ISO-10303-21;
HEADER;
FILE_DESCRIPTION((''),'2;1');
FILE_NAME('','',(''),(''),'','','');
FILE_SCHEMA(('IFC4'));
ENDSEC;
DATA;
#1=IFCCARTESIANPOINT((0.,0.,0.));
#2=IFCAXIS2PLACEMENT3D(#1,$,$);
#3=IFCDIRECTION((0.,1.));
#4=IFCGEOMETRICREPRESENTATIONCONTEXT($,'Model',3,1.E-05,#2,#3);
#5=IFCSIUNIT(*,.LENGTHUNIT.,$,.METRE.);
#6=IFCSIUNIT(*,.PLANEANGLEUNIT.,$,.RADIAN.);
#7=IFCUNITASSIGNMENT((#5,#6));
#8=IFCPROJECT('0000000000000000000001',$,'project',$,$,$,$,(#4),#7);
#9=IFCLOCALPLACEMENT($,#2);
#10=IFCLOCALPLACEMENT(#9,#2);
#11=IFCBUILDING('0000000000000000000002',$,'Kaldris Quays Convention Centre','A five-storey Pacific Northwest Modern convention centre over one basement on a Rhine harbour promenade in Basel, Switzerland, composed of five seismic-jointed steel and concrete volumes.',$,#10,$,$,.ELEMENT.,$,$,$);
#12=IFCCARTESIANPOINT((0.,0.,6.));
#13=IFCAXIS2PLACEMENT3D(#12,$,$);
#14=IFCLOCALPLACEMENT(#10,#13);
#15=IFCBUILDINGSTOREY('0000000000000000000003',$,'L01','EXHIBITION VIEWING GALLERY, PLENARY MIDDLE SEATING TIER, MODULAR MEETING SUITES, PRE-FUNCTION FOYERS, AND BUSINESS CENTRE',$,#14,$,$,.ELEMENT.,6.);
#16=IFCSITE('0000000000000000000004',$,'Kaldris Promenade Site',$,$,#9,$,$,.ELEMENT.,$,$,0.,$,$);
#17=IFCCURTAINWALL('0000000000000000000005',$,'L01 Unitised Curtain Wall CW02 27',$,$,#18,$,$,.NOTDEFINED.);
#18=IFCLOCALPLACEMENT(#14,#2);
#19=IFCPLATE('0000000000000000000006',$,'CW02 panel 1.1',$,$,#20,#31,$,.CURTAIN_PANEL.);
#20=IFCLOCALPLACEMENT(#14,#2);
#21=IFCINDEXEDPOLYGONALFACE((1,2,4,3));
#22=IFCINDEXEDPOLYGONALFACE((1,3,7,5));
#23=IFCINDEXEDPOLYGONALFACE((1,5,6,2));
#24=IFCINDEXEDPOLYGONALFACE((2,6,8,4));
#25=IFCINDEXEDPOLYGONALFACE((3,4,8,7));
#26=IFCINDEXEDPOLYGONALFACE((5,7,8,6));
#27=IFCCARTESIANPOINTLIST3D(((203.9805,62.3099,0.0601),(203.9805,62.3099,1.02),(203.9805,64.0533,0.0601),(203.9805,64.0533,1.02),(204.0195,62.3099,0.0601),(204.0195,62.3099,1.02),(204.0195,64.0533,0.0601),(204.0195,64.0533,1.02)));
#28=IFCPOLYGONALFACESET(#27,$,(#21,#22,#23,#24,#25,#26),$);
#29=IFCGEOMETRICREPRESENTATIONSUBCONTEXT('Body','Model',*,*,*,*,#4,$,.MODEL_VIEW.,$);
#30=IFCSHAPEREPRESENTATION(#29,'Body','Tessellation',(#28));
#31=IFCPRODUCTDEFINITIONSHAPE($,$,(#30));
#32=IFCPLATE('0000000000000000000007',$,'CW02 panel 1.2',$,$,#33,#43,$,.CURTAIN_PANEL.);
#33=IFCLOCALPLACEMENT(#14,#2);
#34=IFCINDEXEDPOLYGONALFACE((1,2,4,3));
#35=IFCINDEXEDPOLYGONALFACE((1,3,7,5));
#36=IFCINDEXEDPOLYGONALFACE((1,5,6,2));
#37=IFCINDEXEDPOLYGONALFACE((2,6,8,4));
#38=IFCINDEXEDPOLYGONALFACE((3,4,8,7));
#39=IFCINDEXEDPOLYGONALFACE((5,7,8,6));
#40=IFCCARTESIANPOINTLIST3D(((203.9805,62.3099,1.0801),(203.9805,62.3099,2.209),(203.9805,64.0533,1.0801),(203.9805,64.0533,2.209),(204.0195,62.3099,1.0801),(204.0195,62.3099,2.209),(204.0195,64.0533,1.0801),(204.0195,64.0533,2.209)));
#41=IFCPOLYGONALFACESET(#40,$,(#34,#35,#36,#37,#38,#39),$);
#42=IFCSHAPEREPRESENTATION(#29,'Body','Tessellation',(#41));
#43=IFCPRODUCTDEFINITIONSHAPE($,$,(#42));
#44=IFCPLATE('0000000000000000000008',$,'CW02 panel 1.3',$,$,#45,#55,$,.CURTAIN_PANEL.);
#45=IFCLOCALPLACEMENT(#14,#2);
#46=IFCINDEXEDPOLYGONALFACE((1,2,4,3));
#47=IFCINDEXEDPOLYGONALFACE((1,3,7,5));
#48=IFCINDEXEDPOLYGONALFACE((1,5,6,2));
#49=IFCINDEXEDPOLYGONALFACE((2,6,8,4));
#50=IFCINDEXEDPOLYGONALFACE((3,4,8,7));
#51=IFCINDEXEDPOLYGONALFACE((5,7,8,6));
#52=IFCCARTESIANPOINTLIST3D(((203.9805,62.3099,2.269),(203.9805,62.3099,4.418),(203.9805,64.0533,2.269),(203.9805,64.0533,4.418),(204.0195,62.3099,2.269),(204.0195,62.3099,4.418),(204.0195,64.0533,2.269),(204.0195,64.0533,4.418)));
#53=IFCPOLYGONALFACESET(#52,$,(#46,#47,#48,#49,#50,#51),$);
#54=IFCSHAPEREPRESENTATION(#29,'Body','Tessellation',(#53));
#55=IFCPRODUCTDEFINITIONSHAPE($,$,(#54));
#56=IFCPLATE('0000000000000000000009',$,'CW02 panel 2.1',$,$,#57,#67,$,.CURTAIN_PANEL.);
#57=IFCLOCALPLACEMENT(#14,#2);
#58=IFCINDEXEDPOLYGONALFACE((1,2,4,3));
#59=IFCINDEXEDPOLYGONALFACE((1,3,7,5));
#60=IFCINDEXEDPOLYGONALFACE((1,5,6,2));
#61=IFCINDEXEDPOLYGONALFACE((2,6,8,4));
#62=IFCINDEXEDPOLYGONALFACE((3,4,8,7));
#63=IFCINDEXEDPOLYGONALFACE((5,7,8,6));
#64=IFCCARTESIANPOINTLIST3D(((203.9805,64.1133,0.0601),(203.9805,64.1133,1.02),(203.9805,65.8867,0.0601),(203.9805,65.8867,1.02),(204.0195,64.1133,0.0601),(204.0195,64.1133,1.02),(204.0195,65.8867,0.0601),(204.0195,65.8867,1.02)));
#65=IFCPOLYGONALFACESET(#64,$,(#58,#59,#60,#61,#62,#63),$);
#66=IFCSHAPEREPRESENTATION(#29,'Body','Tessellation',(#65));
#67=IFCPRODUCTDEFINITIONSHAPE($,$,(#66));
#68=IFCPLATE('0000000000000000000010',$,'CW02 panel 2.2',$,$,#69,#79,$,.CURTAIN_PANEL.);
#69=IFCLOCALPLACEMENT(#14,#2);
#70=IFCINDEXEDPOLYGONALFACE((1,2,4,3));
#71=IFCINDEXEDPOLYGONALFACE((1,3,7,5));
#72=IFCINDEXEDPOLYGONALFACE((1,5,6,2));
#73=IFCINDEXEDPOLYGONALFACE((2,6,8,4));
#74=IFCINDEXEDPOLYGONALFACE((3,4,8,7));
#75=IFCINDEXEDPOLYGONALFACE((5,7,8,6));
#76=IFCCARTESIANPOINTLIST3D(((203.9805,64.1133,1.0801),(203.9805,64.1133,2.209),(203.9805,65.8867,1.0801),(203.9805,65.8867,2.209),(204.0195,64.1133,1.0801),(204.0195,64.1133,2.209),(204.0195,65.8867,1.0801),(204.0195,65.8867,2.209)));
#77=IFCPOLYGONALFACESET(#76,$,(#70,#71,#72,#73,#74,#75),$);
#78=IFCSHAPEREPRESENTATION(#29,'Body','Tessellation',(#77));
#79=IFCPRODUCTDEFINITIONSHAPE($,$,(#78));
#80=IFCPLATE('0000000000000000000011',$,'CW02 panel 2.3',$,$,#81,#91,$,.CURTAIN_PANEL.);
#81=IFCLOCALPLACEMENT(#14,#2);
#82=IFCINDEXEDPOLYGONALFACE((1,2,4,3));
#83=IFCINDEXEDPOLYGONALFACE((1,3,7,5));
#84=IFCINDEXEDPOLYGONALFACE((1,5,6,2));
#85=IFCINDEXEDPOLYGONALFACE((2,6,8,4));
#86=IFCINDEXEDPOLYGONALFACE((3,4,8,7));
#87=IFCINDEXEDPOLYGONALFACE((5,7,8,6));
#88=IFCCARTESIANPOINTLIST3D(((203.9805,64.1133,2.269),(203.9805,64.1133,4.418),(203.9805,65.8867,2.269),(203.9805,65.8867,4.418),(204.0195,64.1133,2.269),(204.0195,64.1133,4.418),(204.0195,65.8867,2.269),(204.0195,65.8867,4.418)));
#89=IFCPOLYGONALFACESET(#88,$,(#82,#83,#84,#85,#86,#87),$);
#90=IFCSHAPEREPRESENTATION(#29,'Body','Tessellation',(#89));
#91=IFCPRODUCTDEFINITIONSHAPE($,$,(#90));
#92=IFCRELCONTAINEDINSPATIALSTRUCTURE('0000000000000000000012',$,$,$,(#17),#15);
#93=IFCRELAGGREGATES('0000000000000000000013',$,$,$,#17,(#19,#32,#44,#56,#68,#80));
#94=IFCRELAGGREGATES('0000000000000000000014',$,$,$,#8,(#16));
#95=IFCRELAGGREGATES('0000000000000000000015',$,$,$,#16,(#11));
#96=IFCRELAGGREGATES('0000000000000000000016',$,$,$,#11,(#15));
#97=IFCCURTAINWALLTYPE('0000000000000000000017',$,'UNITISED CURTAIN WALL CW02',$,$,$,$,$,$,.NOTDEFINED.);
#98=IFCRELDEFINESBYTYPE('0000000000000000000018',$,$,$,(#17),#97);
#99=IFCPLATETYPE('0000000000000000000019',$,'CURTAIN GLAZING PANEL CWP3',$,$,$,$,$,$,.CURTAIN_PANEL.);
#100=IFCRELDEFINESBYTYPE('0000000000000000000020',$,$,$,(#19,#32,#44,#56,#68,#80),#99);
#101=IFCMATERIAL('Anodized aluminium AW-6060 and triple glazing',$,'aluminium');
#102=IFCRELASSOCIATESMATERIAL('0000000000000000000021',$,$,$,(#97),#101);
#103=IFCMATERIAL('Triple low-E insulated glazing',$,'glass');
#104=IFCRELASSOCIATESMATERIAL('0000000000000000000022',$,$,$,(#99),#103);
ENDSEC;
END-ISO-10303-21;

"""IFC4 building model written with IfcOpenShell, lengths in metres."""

from ifc_helpers import new_model, si_unit, direction, frame, origin, origin_2d, place, context, subcontext, project, spatial, rectangle, extrude, material, type_object, element, aggregate, save


model = new_model("IFC4")

# Units and contexts
model_context = context("Model", 3, precision=1e-05, world=origin(), true_north=direction((0.0, 1.0)))
body_context = subcontext(model_context, "Body", "Model", "MODEL_VIEW")
ifc_project = project(units=[si_unit("LENGTHUNIT", "METRE"), si_unit("PLANEANGLEUNIT", "RADIAN")], contexts=[model_context])

# Site, building, storey
site_placement = place(None, origin())
site = spatial("IfcSite", under=ifc_project, at=site_placement, Name="Kaldris Promenade Site", CompositionType="ELEMENT", RefElevation=0.0)
building_placement = place(site_placement, origin())
building = spatial("IfcBuilding", under=site, at=building_placement, Name="Kaldris Quays Convention Centre", Description="A five-storey Pacific Northwest Modern convention centre over one basement on a Rhine harbour promenade in Basel, Switzerland, composed of five seismic-jointed steel and concrete volumes.", CompositionType="ELEMENT")
storey_placement = place(building_placement, frame((0.0, 0.0, 6.0)))
storey = spatial("IfcBuildingStorey", under=building, at=storey_placement, Name="L01", Description="EXHIBITION VIEWING GALLERY, PLENARY MIDDLE SEATING TIER, MODULAR MEETING SUITES, PRE-FUNCTION FOYERS, AND BUSINESS CENTRE", CompositionType="ELEMENT", Elevation=6.0)

# Shared definitions
ifc_material_1 = material(Name="Anodized aluminium AW-6060 and triple glazing", Category="aluminium")
curtain_wall_type = type_object("IfcCurtainWallType", Name="UNITISED CURTAIN WALL CW02", PredefinedType="NOTDEFINED", material=ifc_material_1)

# Curtain wall
curtain_wall_1_placement = place(storey_placement, origin())
curtain_wall_1 = element("IfcCurtainWall", 1, at=curtain_wall_1_placement, inside=storey, type_object=curtain_wall_type, Name="L01 Unitised Curtain Wall CW02 27", PredefinedType="NOTDEFINED")

# Plates
ifc_material_2 = material(Name="Triple low-E insulated glazing", Category="glass")
plate_type_1 = type_object("IfcPlateType", Name="CURTAIN GLAZING PANEL CWP3", PredefinedType="CURTAIN_PANEL", material=ifc_material_2)
plate_1_placement = place(storey_placement, frame((204.0, 63.1816, 0.0601), z_axis=(0.0, 0.0, 1.0), x_axis=(0.0, 1.0, 0.0)))
plate_1 = element("IfcPlate", 2, at=plate_1_placement, type_object=plate_type_1, Name="CW02 panel 1.1", PredefinedType="CURTAIN_PANEL", context=body_context, shape_type="SweptSolid", body=[
    extrude(rectangle(XDim=1.7434, YDim=0.0391, at=origin_2d()), origin(), (0.0, 0.0, 1.0), 0.96),
])
plate_2_placement = place(storey_placement, frame((204.0, 63.1816, 1.0801), z_axis=(0.0, 0.0, 1.0), x_axis=(0.0, 1.0, 0.0)))
plate_2 = element("IfcPlate", 3, at=plate_2_placement, type_object=plate_type_1, Name="CW02 panel 1.2", PredefinedType="CURTAIN_PANEL", context=body_context, shape_type="SweptSolid", body=[
    extrude(rectangle(XDim=1.7434, YDim=0.0391, at=origin_2d()), origin(), (0.0, 0.0, 1.0), 1.1289),
])
plate_3_placement = place(storey_placement, frame((204.0, 63.1816, 2.269), z_axis=(0.0, 0.0, 1.0), x_axis=(0.0, 1.0, 0.0)))
plate_3 = element("IfcPlate", 4, at=plate_3_placement, type_object=plate_type_1, Name="CW02 panel 1.3", PredefinedType="CURTAIN_PANEL", context=body_context, shape_type="SweptSolid", body=[
    extrude(rectangle(XDim=1.7434, YDim=0.0391, at=origin_2d()), origin(), (0.0, 0.0, 1.0), 2.1489),
])
plate_4_placement = place(storey_placement, frame((204.0, 65.0, 0.0601), z_axis=(0.0, 0.0, 1.0), x_axis=(0.0, 1.0, 0.0)))
plate_4 = element("IfcPlate", 5, at=plate_4_placement, type_object=plate_type_1, Name="CW02 panel 2.1", PredefinedType="CURTAIN_PANEL", context=body_context, shape_type="SweptSolid", body=[
    extrude(rectangle(XDim=1.7734, YDim=0.0391, at=origin_2d()), origin(), (0.0, 0.0, 1.0), 0.96),
])
plate_5_placement = place(storey_placement, frame((204.0, 65.0, 1.0801), z_axis=(0.0, 0.0, 1.0), x_axis=(0.0, 1.0, 0.0)))
plate_5 = element("IfcPlate", 6, at=plate_5_placement, type_object=plate_type_1, Name="CW02 panel 2.2", PredefinedType="CURTAIN_PANEL", context=body_context, shape_type="SweptSolid", body=[
    extrude(rectangle(XDim=1.7734, YDim=0.0391, at=origin_2d()), origin(), (0.0, 0.0, 1.0), 1.1289),
])
plate_6_placement = place(storey_placement, frame((204.0, 65.0, 2.269), z_axis=(0.0, 0.0, 1.0), x_axis=(0.0, 1.0, 0.0)))
plate_6 = element("IfcPlate", 7, at=plate_6_placement, type_object=plate_type_1, Name="CW02 panel 2.3", PredefinedType="CURTAIN_PANEL", context=body_context, shape_type="SweptSolid", body=[
    extrude(rectangle(XDim=1.7734, YDim=0.0391, at=origin_2d()), origin(), (0.0, 0.0, 1.0), 2.1489),
])
aggregate(curtain_wall_1, [plate_1, plate_2, plate_3, plate_4, plate_5, plate_6])

save(model, "model.ifc")
